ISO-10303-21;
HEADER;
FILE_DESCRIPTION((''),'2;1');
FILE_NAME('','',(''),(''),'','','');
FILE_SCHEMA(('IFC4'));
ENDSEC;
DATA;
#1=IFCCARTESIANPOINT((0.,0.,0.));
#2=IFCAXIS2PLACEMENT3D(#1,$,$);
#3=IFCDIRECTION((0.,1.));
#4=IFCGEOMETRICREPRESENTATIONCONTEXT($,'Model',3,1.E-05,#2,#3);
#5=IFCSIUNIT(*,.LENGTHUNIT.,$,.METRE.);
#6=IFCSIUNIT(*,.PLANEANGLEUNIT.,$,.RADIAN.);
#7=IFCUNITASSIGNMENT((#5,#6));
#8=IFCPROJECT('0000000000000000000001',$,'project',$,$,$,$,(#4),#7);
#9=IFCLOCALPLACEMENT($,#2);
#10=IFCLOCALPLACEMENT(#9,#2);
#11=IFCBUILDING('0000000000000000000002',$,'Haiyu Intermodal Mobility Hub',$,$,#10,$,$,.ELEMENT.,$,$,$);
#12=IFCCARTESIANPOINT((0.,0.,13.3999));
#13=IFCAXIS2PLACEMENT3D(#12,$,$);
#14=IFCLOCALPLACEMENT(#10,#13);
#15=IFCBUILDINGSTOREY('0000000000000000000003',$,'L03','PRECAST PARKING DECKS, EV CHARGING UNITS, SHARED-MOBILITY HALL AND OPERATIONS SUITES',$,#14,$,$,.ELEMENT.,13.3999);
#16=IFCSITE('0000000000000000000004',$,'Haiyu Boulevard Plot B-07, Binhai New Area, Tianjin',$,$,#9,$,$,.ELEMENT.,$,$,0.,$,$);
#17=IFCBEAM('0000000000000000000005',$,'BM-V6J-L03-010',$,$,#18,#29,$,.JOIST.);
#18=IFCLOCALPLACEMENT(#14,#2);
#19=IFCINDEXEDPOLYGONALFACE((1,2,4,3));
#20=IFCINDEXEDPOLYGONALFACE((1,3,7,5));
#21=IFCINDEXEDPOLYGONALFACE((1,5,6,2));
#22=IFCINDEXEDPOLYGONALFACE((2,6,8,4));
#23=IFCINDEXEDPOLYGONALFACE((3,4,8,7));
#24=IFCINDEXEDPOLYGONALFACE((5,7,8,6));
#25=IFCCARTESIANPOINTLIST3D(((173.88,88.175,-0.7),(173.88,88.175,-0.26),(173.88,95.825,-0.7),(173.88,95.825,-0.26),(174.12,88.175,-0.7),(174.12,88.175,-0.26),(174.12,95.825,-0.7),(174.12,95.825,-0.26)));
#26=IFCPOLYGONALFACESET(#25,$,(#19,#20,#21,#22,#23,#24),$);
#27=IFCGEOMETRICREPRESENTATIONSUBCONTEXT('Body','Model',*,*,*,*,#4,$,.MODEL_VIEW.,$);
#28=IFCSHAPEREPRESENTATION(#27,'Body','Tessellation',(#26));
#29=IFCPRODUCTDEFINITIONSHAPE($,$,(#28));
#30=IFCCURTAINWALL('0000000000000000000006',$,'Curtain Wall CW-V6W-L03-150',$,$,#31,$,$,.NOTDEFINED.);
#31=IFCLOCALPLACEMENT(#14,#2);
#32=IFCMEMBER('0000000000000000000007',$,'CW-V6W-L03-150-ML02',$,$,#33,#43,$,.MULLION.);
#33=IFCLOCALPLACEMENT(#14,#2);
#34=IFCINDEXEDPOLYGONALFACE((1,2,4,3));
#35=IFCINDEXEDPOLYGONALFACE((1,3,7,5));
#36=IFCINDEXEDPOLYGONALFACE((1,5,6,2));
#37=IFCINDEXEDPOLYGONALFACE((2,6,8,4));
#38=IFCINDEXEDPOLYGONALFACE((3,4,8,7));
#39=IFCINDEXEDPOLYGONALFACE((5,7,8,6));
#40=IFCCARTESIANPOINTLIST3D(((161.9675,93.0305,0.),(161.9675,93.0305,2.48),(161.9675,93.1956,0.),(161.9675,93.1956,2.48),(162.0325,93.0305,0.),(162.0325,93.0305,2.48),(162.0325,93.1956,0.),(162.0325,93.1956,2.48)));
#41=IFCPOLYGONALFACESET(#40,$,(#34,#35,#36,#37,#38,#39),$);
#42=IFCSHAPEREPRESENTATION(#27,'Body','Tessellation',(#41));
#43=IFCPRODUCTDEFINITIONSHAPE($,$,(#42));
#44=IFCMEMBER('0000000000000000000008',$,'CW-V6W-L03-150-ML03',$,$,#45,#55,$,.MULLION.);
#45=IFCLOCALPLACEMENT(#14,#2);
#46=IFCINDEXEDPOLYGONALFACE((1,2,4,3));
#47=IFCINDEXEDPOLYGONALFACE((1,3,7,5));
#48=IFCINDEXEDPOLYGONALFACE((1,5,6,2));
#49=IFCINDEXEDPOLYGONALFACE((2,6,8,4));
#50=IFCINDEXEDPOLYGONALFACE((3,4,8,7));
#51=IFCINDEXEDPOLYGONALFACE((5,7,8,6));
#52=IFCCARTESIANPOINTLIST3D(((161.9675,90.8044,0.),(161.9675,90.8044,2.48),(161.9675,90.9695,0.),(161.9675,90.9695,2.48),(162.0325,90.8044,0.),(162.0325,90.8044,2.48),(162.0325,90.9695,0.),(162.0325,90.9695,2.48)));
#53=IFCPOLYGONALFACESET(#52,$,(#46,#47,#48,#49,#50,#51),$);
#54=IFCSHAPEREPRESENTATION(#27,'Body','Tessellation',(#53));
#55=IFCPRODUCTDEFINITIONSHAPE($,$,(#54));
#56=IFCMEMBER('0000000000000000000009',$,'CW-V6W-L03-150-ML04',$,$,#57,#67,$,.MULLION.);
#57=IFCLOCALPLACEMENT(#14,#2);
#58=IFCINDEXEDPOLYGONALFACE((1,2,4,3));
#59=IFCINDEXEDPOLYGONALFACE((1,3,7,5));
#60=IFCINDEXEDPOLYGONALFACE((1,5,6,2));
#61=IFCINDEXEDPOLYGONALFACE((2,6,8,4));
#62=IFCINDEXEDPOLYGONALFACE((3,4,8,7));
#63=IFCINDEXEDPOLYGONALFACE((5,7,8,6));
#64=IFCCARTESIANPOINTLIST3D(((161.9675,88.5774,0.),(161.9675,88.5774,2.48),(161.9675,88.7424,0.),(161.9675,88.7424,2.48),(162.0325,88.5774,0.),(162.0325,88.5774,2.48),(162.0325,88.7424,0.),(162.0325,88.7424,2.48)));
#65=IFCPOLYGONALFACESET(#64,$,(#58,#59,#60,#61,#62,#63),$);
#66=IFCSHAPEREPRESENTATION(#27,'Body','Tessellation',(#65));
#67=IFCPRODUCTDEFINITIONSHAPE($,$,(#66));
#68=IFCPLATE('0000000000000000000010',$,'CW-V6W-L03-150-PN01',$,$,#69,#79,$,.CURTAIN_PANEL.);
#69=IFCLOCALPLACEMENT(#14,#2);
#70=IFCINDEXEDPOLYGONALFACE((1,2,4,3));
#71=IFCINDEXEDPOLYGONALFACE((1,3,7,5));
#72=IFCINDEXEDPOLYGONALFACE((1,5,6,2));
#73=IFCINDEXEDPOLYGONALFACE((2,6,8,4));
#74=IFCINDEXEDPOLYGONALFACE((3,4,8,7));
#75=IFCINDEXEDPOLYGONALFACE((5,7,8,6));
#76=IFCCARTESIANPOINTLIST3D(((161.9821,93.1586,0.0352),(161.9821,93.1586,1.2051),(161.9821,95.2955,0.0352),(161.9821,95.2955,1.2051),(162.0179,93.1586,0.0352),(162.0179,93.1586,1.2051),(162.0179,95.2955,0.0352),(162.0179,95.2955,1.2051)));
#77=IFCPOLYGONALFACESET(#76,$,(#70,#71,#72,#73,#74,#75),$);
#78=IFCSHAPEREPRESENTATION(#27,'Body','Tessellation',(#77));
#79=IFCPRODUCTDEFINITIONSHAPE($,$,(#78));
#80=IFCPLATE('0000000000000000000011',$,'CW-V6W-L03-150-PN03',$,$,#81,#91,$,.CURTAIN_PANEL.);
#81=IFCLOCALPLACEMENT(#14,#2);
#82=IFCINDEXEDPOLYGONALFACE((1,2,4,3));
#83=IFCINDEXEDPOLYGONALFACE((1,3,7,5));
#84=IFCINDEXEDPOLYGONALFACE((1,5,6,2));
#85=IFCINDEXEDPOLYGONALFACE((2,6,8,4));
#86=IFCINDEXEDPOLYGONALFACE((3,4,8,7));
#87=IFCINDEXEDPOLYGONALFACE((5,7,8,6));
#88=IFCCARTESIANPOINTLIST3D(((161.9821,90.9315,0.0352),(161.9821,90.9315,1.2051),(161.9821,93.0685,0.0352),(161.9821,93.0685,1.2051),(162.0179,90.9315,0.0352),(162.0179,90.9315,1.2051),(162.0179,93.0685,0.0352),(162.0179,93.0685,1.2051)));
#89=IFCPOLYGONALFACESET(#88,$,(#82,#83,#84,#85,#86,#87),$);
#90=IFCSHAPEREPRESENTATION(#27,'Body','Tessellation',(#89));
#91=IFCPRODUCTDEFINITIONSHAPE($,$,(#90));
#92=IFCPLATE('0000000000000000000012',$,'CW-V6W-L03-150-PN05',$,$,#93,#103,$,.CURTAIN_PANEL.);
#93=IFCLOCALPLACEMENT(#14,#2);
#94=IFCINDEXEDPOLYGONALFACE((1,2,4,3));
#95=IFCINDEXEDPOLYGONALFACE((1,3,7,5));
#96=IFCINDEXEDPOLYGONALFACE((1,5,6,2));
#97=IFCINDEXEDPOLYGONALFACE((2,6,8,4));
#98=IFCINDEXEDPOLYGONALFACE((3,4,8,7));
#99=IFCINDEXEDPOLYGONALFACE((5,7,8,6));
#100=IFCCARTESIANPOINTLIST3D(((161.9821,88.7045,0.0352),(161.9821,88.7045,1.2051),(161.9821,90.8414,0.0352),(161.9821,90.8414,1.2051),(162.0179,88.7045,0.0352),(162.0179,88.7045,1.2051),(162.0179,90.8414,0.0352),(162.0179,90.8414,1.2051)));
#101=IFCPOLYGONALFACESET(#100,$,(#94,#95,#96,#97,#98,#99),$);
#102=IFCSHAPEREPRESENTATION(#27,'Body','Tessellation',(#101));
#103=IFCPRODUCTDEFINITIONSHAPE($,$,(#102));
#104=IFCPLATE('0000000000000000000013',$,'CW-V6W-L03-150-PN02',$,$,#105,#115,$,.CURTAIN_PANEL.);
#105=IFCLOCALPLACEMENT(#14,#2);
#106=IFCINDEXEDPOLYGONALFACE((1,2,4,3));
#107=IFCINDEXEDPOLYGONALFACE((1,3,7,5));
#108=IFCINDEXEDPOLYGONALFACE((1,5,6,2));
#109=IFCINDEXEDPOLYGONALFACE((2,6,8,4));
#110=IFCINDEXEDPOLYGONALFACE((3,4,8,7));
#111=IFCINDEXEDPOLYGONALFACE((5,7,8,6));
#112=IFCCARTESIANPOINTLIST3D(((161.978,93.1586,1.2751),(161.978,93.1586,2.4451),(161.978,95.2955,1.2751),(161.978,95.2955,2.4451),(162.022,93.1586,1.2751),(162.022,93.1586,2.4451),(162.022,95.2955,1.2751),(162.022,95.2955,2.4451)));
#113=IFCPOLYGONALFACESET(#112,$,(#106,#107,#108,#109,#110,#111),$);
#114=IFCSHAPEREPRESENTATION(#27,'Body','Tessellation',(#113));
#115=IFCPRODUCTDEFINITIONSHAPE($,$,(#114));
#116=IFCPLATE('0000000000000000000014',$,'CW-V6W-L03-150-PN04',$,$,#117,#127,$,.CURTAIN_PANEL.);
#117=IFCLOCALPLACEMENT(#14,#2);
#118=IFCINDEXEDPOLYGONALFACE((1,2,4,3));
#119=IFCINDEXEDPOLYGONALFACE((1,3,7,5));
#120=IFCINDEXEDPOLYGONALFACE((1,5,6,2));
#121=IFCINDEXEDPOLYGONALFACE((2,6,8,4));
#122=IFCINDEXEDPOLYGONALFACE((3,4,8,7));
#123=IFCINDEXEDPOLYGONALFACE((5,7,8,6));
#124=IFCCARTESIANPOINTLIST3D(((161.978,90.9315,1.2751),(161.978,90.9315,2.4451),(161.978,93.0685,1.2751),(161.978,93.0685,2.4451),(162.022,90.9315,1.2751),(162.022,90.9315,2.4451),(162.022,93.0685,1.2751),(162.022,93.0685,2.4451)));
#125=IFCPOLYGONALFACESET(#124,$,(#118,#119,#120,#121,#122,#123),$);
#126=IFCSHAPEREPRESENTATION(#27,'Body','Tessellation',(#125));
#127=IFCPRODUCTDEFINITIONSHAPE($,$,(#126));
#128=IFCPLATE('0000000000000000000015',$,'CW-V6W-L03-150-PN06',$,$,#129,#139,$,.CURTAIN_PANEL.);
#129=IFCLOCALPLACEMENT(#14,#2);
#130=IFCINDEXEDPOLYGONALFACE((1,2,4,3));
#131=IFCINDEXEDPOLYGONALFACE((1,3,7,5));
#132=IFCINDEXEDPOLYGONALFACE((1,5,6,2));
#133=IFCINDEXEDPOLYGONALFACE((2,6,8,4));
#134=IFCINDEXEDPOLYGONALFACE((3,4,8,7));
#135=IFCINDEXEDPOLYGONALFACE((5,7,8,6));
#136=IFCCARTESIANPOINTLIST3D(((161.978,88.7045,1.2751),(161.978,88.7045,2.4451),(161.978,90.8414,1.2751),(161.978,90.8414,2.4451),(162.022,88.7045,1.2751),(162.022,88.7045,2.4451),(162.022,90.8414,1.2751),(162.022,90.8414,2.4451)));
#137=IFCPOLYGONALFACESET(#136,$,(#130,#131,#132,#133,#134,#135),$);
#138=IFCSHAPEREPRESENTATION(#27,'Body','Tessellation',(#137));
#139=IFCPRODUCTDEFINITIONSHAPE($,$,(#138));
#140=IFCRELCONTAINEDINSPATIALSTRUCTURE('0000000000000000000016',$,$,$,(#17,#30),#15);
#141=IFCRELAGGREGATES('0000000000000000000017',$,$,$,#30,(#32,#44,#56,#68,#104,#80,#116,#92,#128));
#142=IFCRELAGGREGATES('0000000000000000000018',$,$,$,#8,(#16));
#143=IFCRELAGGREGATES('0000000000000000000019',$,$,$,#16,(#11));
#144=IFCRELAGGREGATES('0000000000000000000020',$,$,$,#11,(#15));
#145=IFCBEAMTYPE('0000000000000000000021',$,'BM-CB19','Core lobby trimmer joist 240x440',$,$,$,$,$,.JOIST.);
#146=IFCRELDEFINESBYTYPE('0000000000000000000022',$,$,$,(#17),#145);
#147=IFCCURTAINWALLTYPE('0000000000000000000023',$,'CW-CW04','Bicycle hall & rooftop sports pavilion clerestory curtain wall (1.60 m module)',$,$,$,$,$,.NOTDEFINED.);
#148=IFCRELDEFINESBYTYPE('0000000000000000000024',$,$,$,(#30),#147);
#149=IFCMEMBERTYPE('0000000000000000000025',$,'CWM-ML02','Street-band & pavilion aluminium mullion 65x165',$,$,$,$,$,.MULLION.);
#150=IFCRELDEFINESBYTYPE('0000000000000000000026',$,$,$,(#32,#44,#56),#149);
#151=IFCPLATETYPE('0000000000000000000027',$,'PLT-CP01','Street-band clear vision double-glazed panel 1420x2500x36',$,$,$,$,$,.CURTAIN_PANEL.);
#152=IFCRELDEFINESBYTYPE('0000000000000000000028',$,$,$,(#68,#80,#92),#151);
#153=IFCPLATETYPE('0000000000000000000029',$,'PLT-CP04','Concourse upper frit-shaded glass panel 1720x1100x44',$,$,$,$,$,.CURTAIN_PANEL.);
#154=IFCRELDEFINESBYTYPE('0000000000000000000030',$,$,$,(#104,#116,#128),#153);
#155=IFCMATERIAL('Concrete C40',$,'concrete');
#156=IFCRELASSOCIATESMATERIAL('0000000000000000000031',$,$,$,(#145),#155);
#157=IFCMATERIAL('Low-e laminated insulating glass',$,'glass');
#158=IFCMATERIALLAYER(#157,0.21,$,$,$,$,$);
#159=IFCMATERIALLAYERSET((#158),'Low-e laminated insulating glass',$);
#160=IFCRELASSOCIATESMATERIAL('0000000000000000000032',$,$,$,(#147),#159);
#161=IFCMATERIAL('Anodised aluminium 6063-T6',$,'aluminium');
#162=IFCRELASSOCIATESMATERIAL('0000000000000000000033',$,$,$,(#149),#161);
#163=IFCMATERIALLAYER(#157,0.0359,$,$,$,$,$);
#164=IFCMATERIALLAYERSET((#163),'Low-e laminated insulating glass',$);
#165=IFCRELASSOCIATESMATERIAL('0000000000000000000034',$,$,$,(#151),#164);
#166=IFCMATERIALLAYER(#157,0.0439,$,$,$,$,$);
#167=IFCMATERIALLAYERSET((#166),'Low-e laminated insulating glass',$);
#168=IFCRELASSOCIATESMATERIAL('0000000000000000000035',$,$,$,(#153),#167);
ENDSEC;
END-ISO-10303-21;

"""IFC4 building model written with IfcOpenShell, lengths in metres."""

from ifc_helpers import new_model, si_unit, direction, frame, origin, origin_2d, place, context, subcontext, project, spatial, rectangle, extrude, material, layer, layer_set, material_profile, profile_set, type_object, element, aggregate, save


model = new_model("IFC4")

# Units and contexts
model_context = context("Model", 3, precision=1e-05, world=origin(), true_north=direction((0.0, 1.0)))
body_context = subcontext(model_context, "Body", "Model", "MODEL_VIEW")
ifc_project = project(units=[si_unit("LENGTHUNIT", "METRE"), si_unit("PLANEANGLEUNIT", "RADIAN")], contexts=[model_context])

# Site, building, storey
site_placement = place(None, origin())
site = spatial("IfcSite", under=ifc_project, at=site_placement, Name="Haiyu Boulevard Plot B-07, Binhai New Area, Tianjin", CompositionType="ELEMENT", RefElevation=0.0)
building_placement = place(site_placement, origin())
building = spatial("IfcBuilding", under=site, at=building_placement, Name="Haiyu Intermodal Mobility Hub", CompositionType="ELEMENT")
storey_placement = place(building_placement, frame((0.0, 0.0, 13.3999)))
storey = spatial("IfcBuildingStorey", under=building, at=storey_placement, Name="L03", Description="PRECAST PARKING DECKS, EV CHARGING UNITS, SHARED-MOBILITY HALL AND OPERATIONS SUITES", CompositionType="ELEMENT", Elevation=13.3999)

# Shared definitions
ifc_material_1 = material(Name="Concrete C40", Category="concrete")

# Beam
ifc_material_profile_1 = material_profile(ifc_material_1, rectangle(XDim=0.24, YDim=0.4399, at=origin_2d()), Name="B240x440")
ifc_profile_set_1 = profile_set([ifc_material_profile_1], Name="Concrete C40")
beam_type_1 = type_object("IfcBeamType", Name="BM-CB19", Description="Core lobby trimmer joist 240x440", PredefinedType="JOIST", material=ifc_profile_set_1)
beam_1_placement = place(storey_placement, frame((174.0, 88.175, -0.48), z_axis=(0.0, 1.0, 0.0), x_axis=(-1.0, 0.0, 0.0)))
element("IfcBeam", 1, at=beam_1_placement, inside=storey, type_object=beam_type_1, Name="BM-V6J-L03-010", PredefinedType="JOIST", context=body_context, shape_type="SweptSolid", body=[
    extrude(rectangle(XDim=0.24, YDim=0.4399, at=origin_2d()), origin(), (0.0, 0.0, 1.0), 7.6499),
])

# Curtain wall, members, plates
ifc_material_2 = material(Name="Low-e laminated insulating glass", Category="glass")
ifc_layer_1 = layer(ifc_material_2, 0.21)
ifc_layer_set_1 = layer_set([ifc_layer_1], Name="Low-e laminated insulating glass")
curtain_wall_type = type_object("IfcCurtainWallType", Name="CW-CW04", Description="Bicycle hall & rooftop sports pavilion clerestory curtain wall (1.60 m module)", PredefinedType="NOTDEFINED", material=ifc_layer_set_1)
curtain_wall_placement = place(storey_placement, origin())
curtain_wall = element("IfcCurtainWall", 2, at=curtain_wall_placement, inside=storey, type_object=curtain_wall_type, Name="Curtain Wall CW-V6W-L03-150", PredefinedType="NOTDEFINED")
ifc_material_3 = material(Name="Anodised aluminium 6063-T6", Category="aluminium")
ifc_material_profile_2 = material_profile(ifc_material_3, rectangle(XDim=0.0649, YDim=0.165, at=origin_2d()), Name="ALU65x165")
ifc_profile_set_2 = profile_set([ifc_material_profile_2], Name="Anodised aluminium 6063-T6")
member_type = type_object("IfcMemberType", Name="CWM-ML02", Description="Street-band & pavilion aluminium mullion 65x165", PredefinedType="MULLION", material=ifc_profile_set_2)
member_1_placement = place(storey_placement, frame((162.0, 93.113, 0.0), z_axis=(0.0, 0.0, 1.0), x_axis=(1.0, 0.0, 0.0)))
member_1 = element("IfcMember", 3, at=member_1_placement, type_object=member_type, Name="CW-V6W-L03-150-ML02", PredefinedType="MULLION", context=body_context, shape_type="SweptSolid", body=[
    extrude(rectangle(XDim=0.0649, YDim=0.165, at=origin_2d()), origin(), (0.0, 0.0, 1.0), 2.48),
])
member_2_placement = place(storey_placement, frame((162.0, 90.887, 0.0), z_axis=(0.0, 0.0, 1.0), x_axis=(1.0, 0.0, 0.0)))
member_2 = element("IfcMember", 4, at=member_2_placement, type_object=member_type, Name="CW-V6W-L03-150-ML03", PredefinedType="MULLION", context=body_context, shape_type="SweptSolid", body=[
    extrude(rectangle(XDim=0.0649, YDim=0.165, at=origin_2d()), origin(), (0.0, 0.0, 1.0), 2.48),
])
member_3_placement = place(storey_placement, frame((162.0, 88.6599, 0.0), z_axis=(0.0, 0.0, 1.0), x_axis=(1.0, 0.0, 0.0)))
member_3 = element("IfcMember", 5, at=member_3_placement, type_object=member_type, Name="CW-V6W-L03-150-ML04", PredefinedType="MULLION", context=body_context, shape_type="SweptSolid", body=[
    extrude(rectangle(XDim=0.0649, YDim=0.165, at=origin_2d()), origin(), (0.0, 0.0, 1.0), 2.48),
])
ifc_layer_2 = layer(ifc_material_2, 0.0359)
ifc_layer_set_2 = layer_set([ifc_layer_2], Name="Low-e laminated insulating glass")
plate_type_1 = type_object("IfcPlateType", Name="PLT-CP01", Description="Street-band clear vision double-glazed panel 1420x2500x36", PredefinedType="CURTAIN_PANEL", material=ifc_layer_set_2)
plate_1_placement = place(storey_placement, frame((162.0, 94.2271, 0.0352), z_axis=(0.0, 0.0, 1.0), x_axis=(0.0, -1.0, 0.0)))
plate_1 = element("IfcPlate", 6, at=plate_1_placement, type_object=plate_type_1, Name="CW-V6W-L03-150-PN01", PredefinedType="CURTAIN_PANEL", context=body_context, shape_type="SweptSolid", body=[
    extrude(rectangle(XDim=2.137, YDim=0.0359, at=origin_2d()), origin(), (0.0, 0.0, 1.0), 1.1699),
])
plate_2_placement = place(storey_placement, frame((162.0, 92.0, 0.0352), z_axis=(0.0, 0.0, 1.0), x_axis=(0.0, -1.0, 0.0)))
plate_2 = element("IfcPlate", 7, at=plate_2_placement, type_object=plate_type_1, Name="CW-V6W-L03-150-PN03", PredefinedType="CURTAIN_PANEL", context=body_context, shape_type="SweptSolid", body=[
    extrude(rectangle(XDim=2.137, YDim=0.0359, at=origin_2d()), origin(), (0.0, 0.0, 1.0), 1.1699),
])
plate_3_placement = place(storey_placement, frame((162.0, 89.7729, 0.0352), z_axis=(0.0, 0.0, 1.0), x_axis=(0.0, -1.0, 0.0)))
plate_3 = element("IfcPlate", 8, at=plate_3_placement, type_object=plate_type_1, Name="CW-V6W-L03-150-PN05", PredefinedType="CURTAIN_PANEL", context=body_context, shape_type="SweptSolid", body=[
    extrude(rectangle(XDim=2.137, YDim=0.0359, at=origin_2d()), origin(), (0.0, 0.0, 1.0), 1.1699),
])
ifc_layer_3 = layer(ifc_material_2, 0.0439)
ifc_layer_set_3 = layer_set([ifc_layer_3], Name="Low-e laminated insulating glass")
plate_type_2 = type_object("IfcPlateType", Name="PLT-CP04", Description="Concourse upper frit-shaded glass panel 1720x1100x44", PredefinedType="CURTAIN_PANEL", material=ifc_layer_set_3)
plate_4_placement = place(storey_placement, frame((162.0, 94.2271, 1.2751), z_axis=(0.0, 0.0, 1.0), x_axis=(0.0, -1.0, 0.0)))
plate_4 = element("IfcPlate", 9, at=plate_4_placement, type_object=plate_type_2, Name="CW-V6W-L03-150-PN02", PredefinedType="CURTAIN_PANEL", context=body_context, shape_type="SweptSolid", body=[
    extrude(rectangle(XDim=2.137, YDim=0.0439, at=origin_2d()), origin(), (0.0, 0.0, 1.0), 1.1699),
])
plate_5_placement = place(storey_placement, frame((162.0, 92.0, 1.2751), z_axis=(0.0, 0.0, 1.0), x_axis=(0.0, -1.0, 0.0)))
plate_5 = element("IfcPlate", 10, at=plate_5_placement, type_object=plate_type_2, Name="CW-V6W-L03-150-PN04", PredefinedType="CURTAIN_PANEL", context=body_context, shape_type="SweptSolid", body=[
    extrude(rectangle(XDim=2.137, YDim=0.0439, at=origin_2d()), origin(), (0.0, 0.0, 1.0), 1.1699),
])
plate_6_placement = place(storey_placement, frame((162.0, 89.7729, 1.2751), z_axis=(0.0, 0.0, 1.0), x_axis=(0.0, -1.0, 0.0)))
plate_6 = element("IfcPlate", 11, at=plate_6_placement, type_object=plate_type_2, Name="CW-V6W-L03-150-PN06", PredefinedType="CURTAIN_PANEL", context=body_context, shape_type="SweptSolid", body=[
    extrude(rectangle(XDim=2.137, YDim=0.0439, at=origin_2d()), origin(), (0.0, 0.0, 1.0), 1.1699),
])
aggregate(curtain_wall, [member_1, member_2, member_3, plate_1, plate_4, plate_2, plate_5, plate_3, plate_6])

save(model, "model.ifc")
